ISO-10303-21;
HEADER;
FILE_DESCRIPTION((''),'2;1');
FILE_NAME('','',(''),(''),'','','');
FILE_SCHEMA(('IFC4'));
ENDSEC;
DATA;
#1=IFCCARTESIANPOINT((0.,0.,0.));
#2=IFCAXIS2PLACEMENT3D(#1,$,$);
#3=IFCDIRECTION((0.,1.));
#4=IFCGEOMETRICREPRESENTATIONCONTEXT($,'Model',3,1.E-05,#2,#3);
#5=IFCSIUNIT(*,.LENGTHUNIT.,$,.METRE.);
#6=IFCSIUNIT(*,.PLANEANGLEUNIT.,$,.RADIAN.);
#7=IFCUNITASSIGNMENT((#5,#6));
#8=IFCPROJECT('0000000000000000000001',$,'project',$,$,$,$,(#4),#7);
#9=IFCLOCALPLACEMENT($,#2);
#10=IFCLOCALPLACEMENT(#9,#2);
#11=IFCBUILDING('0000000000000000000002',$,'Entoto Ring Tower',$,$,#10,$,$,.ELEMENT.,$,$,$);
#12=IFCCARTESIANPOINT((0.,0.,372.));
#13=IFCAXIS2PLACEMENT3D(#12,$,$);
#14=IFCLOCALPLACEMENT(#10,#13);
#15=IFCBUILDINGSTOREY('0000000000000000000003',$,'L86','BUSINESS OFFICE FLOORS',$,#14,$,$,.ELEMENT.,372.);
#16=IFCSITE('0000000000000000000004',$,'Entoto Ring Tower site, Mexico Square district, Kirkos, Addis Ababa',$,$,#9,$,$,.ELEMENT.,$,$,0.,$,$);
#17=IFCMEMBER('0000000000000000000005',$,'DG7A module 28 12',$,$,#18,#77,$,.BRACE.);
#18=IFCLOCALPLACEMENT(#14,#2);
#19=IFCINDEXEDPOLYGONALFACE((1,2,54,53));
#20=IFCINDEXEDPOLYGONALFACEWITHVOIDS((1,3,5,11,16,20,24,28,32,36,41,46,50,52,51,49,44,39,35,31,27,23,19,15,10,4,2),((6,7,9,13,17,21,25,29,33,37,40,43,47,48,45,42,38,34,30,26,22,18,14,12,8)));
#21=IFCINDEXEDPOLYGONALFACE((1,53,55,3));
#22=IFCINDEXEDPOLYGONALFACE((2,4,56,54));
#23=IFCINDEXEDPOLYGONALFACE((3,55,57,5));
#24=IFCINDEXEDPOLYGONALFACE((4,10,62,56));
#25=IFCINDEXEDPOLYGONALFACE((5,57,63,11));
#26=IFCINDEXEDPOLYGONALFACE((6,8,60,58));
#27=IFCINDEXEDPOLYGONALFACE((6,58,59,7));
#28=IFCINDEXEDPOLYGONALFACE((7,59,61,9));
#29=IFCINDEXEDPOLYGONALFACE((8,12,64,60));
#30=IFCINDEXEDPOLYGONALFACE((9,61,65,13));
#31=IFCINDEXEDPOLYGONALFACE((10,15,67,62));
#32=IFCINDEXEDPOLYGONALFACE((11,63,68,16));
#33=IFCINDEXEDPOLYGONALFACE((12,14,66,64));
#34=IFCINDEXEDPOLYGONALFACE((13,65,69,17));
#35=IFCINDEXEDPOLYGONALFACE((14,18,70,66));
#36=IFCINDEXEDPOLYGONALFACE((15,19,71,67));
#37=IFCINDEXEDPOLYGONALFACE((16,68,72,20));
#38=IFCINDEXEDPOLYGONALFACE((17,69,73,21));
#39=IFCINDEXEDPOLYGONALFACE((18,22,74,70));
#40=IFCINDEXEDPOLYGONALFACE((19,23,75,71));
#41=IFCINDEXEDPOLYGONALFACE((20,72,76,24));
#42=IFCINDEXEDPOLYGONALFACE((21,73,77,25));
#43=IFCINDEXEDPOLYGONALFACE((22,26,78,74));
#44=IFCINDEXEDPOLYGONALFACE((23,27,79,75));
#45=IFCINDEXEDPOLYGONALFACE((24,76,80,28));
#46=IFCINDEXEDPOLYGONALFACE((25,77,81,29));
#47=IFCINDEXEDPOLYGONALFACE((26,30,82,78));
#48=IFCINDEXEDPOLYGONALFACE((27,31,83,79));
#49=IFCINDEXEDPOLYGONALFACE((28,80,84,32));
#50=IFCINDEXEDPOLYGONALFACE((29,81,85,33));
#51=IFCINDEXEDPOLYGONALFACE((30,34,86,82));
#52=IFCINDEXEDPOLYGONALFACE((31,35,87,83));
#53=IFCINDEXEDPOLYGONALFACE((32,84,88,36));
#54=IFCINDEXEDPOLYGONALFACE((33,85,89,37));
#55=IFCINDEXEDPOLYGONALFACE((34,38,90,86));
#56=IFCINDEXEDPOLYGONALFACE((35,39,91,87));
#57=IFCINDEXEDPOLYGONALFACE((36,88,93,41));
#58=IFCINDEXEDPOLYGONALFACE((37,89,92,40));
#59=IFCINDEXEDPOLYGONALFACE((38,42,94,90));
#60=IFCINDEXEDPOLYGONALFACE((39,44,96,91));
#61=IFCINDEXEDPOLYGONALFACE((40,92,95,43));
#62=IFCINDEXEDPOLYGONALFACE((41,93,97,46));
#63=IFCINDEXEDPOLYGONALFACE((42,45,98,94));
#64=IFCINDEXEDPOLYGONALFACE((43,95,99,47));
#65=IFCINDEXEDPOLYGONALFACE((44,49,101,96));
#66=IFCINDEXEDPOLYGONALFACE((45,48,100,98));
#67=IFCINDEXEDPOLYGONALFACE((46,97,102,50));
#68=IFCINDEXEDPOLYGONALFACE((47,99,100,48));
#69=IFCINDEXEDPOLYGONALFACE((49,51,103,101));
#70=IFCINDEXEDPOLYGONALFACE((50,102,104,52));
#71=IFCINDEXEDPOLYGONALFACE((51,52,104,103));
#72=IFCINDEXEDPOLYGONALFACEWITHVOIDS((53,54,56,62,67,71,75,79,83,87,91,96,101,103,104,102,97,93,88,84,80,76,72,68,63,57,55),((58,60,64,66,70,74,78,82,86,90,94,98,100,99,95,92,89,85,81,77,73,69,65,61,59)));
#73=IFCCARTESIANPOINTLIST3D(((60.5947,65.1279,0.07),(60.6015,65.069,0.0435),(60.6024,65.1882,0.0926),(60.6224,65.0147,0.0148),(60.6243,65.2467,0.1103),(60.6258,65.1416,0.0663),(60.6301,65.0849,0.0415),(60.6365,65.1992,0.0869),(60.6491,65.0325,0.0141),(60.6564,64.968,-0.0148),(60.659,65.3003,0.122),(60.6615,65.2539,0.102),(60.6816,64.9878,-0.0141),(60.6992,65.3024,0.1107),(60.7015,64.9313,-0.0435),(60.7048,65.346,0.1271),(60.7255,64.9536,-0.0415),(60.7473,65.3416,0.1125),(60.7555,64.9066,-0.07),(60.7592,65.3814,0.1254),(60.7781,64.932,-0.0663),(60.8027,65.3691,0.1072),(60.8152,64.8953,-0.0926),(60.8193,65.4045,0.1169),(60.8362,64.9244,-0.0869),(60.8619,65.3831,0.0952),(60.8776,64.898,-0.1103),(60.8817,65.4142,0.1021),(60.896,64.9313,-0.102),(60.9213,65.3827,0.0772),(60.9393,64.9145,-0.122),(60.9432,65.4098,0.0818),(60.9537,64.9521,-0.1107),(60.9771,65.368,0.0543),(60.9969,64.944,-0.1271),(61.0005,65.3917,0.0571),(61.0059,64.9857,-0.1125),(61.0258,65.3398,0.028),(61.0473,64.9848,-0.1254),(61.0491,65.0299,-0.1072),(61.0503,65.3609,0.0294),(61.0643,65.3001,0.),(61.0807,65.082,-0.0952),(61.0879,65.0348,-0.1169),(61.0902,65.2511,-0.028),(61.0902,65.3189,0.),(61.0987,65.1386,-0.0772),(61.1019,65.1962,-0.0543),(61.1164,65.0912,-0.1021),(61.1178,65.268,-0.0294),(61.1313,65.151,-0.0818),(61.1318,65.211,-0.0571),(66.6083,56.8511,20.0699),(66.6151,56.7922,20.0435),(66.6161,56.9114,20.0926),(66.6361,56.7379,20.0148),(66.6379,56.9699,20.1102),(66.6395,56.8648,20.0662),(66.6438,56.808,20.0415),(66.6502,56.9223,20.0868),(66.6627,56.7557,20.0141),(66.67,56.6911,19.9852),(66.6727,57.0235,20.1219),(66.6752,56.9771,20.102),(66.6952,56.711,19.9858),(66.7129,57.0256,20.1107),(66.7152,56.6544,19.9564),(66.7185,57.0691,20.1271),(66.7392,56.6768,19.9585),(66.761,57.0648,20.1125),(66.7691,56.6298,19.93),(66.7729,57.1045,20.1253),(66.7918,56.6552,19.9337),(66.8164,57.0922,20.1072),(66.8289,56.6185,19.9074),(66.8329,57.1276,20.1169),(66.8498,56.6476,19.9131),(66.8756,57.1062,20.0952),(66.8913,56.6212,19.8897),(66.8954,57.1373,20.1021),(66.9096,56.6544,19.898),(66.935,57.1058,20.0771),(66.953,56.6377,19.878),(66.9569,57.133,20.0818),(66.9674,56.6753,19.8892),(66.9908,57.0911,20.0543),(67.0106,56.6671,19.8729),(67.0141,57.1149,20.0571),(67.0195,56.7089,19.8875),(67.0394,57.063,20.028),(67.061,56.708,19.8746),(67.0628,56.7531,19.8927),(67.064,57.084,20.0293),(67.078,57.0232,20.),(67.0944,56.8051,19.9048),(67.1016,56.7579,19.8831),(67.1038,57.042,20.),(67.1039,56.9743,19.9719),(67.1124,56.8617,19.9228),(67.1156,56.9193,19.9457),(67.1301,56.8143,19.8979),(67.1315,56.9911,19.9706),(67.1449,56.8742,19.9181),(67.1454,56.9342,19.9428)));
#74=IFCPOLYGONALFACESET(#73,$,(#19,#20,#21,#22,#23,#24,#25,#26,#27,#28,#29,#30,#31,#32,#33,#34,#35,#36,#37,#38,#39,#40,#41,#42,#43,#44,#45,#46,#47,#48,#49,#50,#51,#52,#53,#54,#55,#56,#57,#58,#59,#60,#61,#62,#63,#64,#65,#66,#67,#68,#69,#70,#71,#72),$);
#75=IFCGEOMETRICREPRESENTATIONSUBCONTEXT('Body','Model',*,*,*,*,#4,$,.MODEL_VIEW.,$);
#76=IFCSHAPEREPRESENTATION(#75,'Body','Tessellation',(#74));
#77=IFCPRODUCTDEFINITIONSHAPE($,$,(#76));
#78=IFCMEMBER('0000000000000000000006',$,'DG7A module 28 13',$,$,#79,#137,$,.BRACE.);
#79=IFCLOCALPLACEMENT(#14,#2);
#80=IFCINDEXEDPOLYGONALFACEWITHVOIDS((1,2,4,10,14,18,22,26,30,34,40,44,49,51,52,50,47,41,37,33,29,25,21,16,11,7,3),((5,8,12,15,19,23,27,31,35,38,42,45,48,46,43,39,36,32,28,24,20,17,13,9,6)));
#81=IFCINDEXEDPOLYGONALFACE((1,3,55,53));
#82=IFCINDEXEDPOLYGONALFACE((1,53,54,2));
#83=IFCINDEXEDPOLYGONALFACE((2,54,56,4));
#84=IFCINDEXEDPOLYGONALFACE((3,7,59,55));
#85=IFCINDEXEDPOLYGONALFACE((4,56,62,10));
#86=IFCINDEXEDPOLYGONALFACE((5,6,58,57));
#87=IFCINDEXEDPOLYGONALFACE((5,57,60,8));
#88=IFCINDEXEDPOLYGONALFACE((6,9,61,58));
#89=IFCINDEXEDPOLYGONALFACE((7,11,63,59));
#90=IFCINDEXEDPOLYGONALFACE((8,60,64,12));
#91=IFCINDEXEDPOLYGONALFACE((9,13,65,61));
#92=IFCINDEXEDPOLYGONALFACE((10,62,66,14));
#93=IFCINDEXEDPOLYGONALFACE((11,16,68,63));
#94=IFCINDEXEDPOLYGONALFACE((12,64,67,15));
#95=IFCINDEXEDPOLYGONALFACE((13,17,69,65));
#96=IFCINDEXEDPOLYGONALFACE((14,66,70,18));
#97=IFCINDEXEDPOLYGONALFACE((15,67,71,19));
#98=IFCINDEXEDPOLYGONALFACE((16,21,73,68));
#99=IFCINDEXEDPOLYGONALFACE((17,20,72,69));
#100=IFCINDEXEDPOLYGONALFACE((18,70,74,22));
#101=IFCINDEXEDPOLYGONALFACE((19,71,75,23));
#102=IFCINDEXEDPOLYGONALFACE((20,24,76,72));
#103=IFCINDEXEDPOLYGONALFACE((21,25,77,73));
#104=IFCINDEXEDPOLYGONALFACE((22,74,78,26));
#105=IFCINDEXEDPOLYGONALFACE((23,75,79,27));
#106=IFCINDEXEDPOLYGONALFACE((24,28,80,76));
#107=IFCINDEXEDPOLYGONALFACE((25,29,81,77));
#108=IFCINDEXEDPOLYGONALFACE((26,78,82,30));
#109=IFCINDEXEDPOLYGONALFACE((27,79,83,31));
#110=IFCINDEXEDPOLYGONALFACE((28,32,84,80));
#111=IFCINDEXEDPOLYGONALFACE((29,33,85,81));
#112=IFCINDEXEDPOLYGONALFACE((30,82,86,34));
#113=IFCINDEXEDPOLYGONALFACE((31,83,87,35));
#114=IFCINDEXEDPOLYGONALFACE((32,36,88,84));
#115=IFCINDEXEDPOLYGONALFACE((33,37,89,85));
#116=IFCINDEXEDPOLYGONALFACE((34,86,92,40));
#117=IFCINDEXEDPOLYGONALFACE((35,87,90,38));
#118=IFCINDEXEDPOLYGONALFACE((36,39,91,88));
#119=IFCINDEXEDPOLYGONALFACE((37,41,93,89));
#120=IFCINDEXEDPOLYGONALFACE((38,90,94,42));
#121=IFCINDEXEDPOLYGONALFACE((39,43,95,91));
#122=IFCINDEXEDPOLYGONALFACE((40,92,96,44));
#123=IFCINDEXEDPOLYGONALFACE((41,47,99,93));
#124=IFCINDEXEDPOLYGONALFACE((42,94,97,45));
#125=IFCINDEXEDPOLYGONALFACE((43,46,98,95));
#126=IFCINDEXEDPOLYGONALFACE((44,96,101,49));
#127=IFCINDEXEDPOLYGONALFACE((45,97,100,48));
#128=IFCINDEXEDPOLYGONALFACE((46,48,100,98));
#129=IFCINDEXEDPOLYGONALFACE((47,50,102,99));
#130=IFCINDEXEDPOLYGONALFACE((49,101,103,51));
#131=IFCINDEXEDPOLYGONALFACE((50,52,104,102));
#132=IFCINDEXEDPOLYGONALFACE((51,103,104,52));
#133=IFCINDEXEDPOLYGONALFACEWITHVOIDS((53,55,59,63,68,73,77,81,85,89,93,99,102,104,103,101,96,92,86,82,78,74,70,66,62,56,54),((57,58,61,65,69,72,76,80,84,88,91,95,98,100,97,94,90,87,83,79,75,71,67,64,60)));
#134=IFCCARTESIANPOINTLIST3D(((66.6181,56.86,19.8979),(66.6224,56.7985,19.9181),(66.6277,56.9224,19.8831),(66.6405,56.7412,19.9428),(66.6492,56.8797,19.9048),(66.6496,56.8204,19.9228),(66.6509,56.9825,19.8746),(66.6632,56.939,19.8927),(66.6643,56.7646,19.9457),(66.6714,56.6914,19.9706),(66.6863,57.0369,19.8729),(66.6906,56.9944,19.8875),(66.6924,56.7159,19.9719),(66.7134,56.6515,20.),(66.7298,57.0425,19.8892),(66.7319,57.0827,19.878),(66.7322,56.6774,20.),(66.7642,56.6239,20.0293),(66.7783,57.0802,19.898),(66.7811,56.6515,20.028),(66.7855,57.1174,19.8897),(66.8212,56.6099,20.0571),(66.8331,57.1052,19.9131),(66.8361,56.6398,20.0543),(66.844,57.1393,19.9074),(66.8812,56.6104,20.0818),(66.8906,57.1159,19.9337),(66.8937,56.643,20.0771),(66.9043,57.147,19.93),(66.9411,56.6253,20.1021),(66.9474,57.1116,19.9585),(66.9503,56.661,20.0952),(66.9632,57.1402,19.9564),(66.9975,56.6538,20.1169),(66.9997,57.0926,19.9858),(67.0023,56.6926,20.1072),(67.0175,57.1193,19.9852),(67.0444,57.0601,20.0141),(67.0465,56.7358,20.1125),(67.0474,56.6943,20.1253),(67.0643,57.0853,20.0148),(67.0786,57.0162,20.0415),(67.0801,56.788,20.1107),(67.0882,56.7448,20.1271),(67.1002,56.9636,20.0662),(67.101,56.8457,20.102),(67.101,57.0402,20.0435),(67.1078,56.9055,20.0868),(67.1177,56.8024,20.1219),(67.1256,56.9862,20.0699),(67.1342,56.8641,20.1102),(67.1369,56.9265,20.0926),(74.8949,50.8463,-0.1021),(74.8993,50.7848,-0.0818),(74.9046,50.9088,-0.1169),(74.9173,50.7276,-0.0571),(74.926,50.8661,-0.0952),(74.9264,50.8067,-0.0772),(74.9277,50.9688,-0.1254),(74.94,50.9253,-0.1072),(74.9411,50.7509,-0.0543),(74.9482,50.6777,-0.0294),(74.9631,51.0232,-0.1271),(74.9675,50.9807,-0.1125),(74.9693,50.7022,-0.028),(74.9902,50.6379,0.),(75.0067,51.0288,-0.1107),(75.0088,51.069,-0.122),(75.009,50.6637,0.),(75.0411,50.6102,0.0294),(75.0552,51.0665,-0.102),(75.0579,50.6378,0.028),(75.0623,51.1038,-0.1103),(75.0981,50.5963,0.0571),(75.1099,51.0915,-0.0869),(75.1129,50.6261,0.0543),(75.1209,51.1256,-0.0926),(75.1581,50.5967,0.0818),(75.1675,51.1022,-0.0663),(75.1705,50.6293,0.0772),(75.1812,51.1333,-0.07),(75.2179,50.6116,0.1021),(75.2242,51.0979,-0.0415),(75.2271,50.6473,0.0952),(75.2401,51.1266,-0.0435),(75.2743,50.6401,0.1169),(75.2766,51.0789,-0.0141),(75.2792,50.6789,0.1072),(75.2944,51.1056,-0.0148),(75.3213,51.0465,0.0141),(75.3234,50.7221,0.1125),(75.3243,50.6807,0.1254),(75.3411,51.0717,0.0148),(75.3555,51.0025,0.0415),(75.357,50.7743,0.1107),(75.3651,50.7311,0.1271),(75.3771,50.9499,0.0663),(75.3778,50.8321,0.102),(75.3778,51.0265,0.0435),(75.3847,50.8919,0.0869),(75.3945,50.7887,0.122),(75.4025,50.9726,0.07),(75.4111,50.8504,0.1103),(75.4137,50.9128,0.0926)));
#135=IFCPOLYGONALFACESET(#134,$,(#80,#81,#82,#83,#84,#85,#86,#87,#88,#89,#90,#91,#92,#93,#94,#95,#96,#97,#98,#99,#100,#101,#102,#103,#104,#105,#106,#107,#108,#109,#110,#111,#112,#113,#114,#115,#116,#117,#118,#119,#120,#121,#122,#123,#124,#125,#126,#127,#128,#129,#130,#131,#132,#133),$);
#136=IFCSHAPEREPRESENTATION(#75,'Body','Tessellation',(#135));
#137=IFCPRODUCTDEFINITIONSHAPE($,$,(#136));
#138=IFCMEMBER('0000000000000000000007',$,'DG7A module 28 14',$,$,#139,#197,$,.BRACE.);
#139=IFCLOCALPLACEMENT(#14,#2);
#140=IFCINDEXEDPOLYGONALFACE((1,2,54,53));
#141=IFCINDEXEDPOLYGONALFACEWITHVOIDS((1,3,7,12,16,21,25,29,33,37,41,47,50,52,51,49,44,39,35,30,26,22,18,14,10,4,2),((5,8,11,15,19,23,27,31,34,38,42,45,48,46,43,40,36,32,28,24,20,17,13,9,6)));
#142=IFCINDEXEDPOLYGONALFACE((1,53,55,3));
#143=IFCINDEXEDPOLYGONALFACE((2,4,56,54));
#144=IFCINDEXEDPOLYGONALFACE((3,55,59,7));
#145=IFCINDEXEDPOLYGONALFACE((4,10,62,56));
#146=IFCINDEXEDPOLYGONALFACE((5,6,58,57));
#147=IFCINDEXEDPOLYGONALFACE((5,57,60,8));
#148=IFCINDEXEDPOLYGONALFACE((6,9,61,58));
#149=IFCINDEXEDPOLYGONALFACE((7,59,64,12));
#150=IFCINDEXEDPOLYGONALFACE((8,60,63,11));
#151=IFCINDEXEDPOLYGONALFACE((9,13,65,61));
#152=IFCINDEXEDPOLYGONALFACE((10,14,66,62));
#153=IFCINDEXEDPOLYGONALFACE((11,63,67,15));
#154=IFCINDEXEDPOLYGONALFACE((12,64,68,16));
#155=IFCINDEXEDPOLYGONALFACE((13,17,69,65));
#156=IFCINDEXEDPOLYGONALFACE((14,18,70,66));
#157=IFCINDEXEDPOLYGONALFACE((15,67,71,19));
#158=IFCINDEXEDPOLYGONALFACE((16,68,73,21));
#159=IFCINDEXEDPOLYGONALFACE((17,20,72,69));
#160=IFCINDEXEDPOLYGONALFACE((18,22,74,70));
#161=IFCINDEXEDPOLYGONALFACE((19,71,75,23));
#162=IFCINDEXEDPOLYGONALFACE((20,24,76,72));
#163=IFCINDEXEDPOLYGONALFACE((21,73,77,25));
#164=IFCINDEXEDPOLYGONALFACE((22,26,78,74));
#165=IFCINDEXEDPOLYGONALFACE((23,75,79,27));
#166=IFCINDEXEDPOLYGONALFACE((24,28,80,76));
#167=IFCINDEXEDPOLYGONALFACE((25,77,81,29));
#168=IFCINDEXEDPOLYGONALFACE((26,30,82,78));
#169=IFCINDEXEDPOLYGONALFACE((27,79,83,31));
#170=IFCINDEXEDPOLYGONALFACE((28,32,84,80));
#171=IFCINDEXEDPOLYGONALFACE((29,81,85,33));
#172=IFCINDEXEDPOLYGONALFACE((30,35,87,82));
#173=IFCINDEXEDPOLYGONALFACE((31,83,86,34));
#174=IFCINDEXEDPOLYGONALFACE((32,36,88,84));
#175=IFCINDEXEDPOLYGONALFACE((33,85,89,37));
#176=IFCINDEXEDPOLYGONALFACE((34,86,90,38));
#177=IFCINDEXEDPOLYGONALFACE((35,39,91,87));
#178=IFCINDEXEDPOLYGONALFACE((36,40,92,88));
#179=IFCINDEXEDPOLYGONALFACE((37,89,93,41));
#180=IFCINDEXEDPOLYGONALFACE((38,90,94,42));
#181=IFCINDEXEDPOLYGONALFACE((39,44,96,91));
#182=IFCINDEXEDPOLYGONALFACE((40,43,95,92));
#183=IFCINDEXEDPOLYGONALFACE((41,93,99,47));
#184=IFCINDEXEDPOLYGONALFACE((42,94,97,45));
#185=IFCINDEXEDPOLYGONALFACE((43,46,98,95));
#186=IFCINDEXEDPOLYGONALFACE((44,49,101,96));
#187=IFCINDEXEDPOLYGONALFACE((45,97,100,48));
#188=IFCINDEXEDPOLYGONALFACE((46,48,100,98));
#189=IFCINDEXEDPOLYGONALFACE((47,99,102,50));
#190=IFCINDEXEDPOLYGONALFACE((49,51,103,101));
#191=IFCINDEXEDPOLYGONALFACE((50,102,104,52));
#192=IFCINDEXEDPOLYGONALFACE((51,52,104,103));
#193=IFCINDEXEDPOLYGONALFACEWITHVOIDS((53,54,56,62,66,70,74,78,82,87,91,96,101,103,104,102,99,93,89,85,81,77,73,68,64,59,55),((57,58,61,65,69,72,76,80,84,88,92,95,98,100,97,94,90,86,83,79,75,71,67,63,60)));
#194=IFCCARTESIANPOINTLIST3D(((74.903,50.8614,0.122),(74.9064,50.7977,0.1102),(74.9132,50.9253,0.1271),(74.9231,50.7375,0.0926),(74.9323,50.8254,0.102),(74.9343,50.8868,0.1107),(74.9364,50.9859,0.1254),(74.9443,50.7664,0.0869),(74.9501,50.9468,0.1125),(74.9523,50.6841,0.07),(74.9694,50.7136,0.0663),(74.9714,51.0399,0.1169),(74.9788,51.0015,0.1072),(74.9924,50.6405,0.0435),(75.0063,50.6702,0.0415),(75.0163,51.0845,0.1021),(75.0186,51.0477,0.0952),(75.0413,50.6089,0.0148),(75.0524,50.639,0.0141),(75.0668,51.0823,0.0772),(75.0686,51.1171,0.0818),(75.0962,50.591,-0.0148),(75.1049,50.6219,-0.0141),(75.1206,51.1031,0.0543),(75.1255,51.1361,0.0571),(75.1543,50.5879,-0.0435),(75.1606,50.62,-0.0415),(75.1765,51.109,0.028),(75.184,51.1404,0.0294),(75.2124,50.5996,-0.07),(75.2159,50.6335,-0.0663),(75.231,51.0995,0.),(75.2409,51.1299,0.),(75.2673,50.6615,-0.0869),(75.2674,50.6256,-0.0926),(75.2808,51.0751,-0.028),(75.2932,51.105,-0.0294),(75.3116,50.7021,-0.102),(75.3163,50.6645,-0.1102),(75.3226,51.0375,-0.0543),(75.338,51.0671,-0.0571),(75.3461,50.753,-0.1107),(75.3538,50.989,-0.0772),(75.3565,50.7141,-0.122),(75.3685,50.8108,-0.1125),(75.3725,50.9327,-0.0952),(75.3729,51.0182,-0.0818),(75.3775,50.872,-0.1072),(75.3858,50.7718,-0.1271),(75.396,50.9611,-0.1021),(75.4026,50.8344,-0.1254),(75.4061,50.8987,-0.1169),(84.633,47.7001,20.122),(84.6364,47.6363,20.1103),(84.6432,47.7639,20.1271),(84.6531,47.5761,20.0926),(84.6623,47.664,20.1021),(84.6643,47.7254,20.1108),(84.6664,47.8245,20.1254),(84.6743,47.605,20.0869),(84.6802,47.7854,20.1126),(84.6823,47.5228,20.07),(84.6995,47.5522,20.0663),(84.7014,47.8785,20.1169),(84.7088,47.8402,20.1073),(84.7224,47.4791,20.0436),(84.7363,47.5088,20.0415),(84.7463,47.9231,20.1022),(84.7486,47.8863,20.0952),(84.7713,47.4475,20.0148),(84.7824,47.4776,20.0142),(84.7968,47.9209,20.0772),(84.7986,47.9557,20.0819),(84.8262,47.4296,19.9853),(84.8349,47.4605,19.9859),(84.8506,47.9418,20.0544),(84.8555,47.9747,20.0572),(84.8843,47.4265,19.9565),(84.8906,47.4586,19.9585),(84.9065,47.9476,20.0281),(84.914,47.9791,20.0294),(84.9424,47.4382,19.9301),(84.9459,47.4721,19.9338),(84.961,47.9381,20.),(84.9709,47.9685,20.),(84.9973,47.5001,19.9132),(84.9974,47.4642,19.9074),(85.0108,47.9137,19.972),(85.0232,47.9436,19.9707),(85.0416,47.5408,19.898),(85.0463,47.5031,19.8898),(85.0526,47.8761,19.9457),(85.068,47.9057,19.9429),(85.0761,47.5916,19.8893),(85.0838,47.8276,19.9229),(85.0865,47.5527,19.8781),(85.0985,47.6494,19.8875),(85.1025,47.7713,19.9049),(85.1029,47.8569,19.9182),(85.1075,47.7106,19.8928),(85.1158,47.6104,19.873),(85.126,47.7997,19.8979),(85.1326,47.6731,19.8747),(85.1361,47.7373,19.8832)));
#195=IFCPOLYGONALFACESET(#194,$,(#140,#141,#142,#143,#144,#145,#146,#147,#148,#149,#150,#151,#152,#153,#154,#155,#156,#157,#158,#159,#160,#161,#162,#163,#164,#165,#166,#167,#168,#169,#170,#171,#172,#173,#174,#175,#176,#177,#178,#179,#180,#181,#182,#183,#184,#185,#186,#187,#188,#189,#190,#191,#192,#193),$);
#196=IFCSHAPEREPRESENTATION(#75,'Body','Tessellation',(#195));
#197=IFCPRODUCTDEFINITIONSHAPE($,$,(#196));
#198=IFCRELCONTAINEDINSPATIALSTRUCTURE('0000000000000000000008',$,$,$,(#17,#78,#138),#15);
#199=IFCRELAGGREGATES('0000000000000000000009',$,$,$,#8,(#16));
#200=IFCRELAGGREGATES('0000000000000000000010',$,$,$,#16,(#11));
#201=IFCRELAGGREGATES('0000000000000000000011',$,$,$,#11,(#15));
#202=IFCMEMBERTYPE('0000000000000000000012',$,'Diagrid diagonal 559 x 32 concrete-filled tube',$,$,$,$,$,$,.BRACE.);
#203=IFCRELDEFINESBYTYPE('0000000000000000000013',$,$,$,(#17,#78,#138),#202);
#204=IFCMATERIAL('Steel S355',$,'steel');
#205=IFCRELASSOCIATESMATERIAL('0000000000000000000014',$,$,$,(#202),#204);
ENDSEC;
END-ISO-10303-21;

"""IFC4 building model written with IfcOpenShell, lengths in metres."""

from ifc_helpers import new_model, si_unit, direction, frame, origin, origin_2d, place, context, subcontext, project, spatial, circle, hollow_circle, extrude, material, material_profile, profile_set, type_object, element, save


model = new_model("IFC4")

# Units and contexts
model_context = context("Model", 3, precision=1e-05, world=origin(), true_north=direction((0.0, 1.0)))
body_context = subcontext(model_context, "Body", "Model", "MODEL_VIEW")
ifc_project = project(units=[si_unit("LENGTHUNIT", "METRE"), si_unit("PLANEANGLEUNIT", "RADIAN")], contexts=[model_context])

# Site, building, storey
site_placement = place(None, origin())
site = spatial("IfcSite", under=ifc_project, at=site_placement, Name="Entoto Ring Tower site, Mexico Square district, Kirkos, Addis Ababa", CompositionType="ELEMENT", RefElevation=0.0)
building_placement = place(site_placement, origin())
building = spatial("IfcBuilding", under=site, at=building_placement, Name="Entoto Ring Tower", CompositionType="ELEMENT")
storey_placement = place(building_placement, frame((0.0, 0.0, 372.0)))
storey = spatial("IfcBuildingStorey", under=building, at=storey_placement, Name="L86", Description="BUSINESS OFFICE FLOORS", CompositionType="ELEMENT", Elevation=372.0)

# Members
ifc_material_1 = material(Name="Steel S355", Category="steel")
ifc_material_profile_1 = material_profile(ifc_material_1, hollow_circle(Radius=0.2795, WallThickness=0.032, at=origin_2d()), Name="CHS 559 x 32")
ifc_material_2 = material(Name="Concrete C60/75", Category="concrete")
ifc_material_profile_2 = material_profile(ifc_material_2, circle(Radius=0.2476, at=origin_2d()), Name="Concrete C60/75 infill")
ifc_profile_set_1 = profile_set([ifc_material_profile_1, ifc_material_profile_2], Name="Steel S355")
member_type_1 = type_object("IfcMemberType", Name="Diagrid diagonal 559 x 32 concrete-filled tube", PredefinedType="BRACE", material=ifc_profile_set_1)
for number, where, z_axis, x_axis, name in (
    (1, (60.864, 65.1545, 0.0), (0.267692, -0.368435, 0.890279), (0.809008, 0.587797, 0.0), "DG7A module 28 12"),
    (2, (75.1545, 50.864, 0.0), (-0.368435, 0.267692, 0.890279), (-0.587797, -0.809008, 0.0), "DG7A module 28 13"),
    (3, (75.1545, 50.864, 0.0), (0.433121, -0.140726, 0.890282), (0.309009, 0.951059, 0.0), "DG7A module 28 14"),
):
    element("IfcMember", number, at=place(storey_placement, frame(where, z_axis=z_axis, x_axis=x_axis)), inside=storey, type_object=member_type_1, Name=name, PredefinedType="BRACE", context=body_context, shape_type="SweptSolid", body=[
        extrude(hollow_circle(Radius=0.2795, WallThickness=0.032, at=origin_2d()), origin(), (0.0, 0.0, 1.0), 22.4648),
    ])

save(model, "model.ifc")
